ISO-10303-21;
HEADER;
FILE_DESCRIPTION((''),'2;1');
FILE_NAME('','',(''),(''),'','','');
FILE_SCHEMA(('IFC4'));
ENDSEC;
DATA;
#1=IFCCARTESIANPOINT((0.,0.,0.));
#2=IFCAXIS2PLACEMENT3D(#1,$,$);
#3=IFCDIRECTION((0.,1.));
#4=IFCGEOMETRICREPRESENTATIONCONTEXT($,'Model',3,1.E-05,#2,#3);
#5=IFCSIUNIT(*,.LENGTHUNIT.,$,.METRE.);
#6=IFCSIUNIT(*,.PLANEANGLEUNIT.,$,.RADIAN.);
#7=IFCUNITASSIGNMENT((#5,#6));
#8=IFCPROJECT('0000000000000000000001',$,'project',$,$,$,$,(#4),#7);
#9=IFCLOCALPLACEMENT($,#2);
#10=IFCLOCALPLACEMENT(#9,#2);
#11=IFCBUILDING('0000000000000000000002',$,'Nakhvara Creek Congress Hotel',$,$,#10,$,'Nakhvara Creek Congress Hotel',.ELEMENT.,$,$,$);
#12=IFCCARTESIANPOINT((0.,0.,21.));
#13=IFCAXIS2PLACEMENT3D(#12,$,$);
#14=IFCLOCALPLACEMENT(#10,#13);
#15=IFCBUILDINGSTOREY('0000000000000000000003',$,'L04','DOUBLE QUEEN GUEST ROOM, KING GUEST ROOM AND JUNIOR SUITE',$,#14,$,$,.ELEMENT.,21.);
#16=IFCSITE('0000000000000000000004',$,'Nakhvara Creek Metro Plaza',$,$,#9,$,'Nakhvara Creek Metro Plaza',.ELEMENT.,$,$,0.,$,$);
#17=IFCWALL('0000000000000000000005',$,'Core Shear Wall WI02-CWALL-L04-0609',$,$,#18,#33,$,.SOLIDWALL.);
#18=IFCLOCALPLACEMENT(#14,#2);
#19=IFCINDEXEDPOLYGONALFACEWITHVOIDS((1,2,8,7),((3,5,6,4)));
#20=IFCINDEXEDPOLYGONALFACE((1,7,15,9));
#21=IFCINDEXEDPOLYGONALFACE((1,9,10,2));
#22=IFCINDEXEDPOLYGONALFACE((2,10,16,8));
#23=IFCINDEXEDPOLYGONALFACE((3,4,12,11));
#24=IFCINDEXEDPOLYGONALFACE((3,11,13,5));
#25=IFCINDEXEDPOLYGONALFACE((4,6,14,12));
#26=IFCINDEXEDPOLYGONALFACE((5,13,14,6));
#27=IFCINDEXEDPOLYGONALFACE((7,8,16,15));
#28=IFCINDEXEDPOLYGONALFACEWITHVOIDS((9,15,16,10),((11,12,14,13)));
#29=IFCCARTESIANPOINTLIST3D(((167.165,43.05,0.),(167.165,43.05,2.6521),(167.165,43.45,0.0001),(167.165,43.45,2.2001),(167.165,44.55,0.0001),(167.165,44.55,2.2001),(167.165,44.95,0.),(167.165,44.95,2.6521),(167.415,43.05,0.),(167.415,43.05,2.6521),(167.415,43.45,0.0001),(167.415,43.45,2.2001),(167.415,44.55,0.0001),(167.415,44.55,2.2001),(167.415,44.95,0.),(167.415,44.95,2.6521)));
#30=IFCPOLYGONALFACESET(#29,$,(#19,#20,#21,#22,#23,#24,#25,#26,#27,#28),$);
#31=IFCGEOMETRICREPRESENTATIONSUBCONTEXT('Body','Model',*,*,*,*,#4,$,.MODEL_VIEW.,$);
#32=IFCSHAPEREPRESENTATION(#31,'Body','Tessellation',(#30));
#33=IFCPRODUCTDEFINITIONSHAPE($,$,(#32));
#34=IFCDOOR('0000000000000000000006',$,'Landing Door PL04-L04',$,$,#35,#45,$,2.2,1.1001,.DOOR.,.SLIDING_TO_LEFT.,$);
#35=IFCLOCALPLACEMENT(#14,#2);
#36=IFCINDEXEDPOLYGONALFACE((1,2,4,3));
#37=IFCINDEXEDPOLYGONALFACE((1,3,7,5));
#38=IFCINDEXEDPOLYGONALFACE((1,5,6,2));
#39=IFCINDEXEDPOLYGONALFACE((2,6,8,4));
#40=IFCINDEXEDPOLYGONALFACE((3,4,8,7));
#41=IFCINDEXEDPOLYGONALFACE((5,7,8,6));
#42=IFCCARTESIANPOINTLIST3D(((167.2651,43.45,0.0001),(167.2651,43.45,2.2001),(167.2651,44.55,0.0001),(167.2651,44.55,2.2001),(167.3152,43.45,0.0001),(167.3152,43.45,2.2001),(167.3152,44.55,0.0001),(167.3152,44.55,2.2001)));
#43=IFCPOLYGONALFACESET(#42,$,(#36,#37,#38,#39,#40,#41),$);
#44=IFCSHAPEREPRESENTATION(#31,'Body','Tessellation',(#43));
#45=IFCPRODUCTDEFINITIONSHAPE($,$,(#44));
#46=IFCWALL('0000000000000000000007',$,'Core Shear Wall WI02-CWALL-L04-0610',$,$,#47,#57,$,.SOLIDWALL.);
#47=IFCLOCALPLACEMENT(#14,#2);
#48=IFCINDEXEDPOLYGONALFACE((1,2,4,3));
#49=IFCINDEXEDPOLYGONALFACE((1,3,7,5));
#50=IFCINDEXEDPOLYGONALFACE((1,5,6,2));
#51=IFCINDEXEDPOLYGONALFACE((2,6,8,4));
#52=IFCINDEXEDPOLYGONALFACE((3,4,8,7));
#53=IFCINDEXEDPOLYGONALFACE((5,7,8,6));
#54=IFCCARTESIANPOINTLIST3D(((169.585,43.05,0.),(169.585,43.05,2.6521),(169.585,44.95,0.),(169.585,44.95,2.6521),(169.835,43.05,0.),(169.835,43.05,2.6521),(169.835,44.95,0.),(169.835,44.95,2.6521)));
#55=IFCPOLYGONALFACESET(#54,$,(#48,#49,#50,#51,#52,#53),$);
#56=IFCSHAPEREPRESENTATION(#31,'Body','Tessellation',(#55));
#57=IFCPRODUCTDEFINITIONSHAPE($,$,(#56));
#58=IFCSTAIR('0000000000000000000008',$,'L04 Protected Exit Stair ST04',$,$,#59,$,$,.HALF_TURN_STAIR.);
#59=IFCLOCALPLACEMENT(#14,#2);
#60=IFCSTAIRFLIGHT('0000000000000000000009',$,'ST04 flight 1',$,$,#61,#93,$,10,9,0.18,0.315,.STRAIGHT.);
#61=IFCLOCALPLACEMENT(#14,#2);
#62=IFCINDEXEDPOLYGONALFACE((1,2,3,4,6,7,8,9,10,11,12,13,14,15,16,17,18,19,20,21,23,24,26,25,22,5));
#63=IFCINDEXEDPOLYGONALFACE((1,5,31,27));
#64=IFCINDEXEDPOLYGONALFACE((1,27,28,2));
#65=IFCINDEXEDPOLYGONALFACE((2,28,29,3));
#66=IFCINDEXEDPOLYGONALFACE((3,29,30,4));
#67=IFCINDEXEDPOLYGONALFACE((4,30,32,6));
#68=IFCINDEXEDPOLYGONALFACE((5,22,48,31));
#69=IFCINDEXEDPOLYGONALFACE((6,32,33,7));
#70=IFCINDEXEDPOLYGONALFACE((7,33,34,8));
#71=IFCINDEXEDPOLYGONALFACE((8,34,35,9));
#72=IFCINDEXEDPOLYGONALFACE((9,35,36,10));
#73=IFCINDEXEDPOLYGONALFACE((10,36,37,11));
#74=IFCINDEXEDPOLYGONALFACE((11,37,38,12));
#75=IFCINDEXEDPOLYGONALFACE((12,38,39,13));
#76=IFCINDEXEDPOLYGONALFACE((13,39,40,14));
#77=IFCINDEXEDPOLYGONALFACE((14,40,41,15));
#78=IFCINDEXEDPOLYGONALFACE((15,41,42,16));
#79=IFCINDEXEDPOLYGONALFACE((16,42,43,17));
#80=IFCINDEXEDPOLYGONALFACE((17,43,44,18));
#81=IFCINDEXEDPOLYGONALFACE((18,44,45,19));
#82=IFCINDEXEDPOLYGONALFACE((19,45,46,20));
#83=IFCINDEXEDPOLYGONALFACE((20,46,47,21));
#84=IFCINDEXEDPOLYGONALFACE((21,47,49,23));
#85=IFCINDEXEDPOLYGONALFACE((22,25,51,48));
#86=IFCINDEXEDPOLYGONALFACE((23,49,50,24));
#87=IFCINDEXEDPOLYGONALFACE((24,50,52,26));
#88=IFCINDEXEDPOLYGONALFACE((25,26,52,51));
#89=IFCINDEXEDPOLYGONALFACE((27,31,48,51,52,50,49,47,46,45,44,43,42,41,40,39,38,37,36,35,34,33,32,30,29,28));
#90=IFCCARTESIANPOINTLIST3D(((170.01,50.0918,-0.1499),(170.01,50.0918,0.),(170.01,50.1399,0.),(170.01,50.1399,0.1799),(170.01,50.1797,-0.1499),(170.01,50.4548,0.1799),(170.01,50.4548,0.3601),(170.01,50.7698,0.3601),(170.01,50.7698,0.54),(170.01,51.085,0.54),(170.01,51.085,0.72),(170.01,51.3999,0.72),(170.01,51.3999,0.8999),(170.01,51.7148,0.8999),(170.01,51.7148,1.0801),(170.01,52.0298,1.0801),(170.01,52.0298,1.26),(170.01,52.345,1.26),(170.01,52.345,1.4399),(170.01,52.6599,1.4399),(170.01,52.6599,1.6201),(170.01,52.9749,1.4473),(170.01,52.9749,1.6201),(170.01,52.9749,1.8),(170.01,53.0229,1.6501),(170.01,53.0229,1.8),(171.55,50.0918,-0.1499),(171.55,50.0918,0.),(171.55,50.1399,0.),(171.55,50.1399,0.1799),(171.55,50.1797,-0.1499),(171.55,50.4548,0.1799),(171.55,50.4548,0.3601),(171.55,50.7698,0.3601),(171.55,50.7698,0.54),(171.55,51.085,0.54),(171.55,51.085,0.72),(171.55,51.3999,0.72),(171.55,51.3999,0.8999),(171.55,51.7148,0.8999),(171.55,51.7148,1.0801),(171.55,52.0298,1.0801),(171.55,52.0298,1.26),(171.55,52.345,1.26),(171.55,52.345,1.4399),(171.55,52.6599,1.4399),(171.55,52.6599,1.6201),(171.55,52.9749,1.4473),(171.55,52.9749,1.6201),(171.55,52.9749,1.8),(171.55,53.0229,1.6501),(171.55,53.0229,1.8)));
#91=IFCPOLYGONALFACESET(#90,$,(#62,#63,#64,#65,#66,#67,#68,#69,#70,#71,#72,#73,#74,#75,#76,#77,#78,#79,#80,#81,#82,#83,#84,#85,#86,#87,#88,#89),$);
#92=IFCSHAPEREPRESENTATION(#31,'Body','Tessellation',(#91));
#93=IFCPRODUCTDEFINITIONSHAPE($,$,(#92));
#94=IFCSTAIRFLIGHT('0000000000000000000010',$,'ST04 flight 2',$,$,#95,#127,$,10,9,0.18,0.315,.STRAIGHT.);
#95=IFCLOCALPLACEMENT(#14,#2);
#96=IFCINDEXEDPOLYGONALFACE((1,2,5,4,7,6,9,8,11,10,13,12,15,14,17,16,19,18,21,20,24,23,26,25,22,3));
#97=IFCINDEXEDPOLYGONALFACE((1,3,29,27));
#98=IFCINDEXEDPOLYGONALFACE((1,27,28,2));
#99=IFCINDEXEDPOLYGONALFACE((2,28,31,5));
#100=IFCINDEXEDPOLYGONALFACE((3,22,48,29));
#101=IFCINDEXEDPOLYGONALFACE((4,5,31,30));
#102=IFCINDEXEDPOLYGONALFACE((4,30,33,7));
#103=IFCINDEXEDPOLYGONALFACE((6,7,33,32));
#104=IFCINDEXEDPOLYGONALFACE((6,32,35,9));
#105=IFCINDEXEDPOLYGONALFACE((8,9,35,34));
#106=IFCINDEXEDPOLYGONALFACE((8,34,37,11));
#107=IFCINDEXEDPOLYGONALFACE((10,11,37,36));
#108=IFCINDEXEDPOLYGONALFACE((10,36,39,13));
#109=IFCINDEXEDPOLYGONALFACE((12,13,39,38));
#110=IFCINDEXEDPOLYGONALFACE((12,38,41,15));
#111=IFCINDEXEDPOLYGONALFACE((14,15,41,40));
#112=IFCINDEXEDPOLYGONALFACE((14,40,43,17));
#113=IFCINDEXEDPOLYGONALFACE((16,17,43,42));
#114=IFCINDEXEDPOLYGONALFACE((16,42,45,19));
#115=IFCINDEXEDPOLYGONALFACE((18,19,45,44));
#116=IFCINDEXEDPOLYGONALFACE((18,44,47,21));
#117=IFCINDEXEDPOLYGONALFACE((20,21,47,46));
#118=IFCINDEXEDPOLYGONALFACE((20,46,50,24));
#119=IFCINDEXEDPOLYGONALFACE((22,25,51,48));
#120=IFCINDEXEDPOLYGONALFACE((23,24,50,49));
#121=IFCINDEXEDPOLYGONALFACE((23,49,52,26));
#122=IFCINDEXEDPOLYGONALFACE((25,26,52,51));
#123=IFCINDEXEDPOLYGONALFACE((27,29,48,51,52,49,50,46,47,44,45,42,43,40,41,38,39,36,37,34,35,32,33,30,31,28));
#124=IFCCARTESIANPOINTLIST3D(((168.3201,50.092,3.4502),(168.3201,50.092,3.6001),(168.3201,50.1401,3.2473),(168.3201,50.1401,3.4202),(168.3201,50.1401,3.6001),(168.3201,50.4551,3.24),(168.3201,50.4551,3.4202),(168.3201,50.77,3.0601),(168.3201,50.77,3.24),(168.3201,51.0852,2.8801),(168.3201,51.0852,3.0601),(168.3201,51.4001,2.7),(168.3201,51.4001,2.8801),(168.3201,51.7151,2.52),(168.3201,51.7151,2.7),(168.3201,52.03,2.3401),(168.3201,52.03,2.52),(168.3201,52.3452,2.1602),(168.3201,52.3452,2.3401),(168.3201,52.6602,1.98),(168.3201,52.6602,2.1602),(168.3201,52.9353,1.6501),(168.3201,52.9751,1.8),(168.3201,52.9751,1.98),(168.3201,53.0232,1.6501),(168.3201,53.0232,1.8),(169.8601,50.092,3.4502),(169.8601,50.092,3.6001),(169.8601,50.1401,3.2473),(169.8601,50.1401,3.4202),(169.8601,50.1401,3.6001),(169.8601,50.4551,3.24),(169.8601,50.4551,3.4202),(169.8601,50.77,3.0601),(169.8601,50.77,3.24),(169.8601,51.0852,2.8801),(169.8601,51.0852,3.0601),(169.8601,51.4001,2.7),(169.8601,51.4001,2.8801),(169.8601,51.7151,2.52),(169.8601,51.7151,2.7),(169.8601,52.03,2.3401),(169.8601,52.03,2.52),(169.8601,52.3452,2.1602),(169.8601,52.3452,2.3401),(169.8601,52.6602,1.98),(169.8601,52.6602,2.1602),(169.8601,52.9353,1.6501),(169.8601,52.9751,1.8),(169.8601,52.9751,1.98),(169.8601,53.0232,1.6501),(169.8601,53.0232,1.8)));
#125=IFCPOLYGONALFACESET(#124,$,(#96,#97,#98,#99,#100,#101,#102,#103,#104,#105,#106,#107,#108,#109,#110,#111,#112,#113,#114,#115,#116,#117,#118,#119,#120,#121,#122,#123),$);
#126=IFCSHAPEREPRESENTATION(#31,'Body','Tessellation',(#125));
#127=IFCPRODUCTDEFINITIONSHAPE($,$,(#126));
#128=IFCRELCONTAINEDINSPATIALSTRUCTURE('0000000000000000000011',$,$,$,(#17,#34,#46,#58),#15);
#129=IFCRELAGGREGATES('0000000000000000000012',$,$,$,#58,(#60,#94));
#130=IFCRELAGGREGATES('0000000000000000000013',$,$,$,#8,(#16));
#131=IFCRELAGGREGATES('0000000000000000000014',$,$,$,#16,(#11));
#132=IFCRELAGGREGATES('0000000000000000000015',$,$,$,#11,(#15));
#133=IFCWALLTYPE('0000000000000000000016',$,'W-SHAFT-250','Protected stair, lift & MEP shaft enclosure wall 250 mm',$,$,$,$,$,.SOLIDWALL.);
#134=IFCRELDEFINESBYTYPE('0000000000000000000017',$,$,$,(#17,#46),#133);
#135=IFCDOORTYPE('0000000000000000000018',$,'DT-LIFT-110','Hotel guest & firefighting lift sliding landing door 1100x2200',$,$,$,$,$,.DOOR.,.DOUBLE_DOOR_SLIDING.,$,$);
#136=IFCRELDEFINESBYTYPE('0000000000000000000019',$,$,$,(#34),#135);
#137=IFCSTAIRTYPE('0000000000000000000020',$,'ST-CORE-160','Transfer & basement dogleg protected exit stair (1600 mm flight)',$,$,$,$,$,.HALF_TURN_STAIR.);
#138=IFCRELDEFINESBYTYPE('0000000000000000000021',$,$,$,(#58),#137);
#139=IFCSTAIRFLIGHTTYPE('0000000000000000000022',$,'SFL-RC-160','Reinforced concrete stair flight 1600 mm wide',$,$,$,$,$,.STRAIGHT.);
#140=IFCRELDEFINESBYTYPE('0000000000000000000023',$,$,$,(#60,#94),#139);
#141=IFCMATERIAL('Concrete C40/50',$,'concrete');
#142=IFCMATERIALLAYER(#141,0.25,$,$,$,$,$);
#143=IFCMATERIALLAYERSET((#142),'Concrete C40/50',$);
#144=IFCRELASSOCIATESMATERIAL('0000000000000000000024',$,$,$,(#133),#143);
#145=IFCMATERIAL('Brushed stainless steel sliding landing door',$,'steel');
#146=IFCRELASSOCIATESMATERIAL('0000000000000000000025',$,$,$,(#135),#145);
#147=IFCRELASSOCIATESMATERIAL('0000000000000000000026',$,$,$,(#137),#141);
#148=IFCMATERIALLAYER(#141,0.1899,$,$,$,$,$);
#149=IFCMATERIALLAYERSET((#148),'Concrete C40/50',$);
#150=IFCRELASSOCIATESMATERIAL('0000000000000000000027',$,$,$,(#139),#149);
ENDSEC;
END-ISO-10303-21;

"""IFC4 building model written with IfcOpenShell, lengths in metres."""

from ifc_helpers import new_model, si_unit, direction, frame, frame_2d, origin, place, context, subcontext, project, spatial, polyline, rectangle, outline, extrude, material, layer, layer_set, type_object, element, fill, aggregate, save


model = new_model("IFC4")

# Units and contexts
model_context = context("Model", 3, precision=1e-05, world=origin(), true_north=direction((0.0, 1.0)))
body_context = subcontext(model_context, "Body", "Model", "MODEL_VIEW")
ifc_project = project(units=[si_unit("LENGTHUNIT", "METRE"), si_unit("PLANEANGLEUNIT", "RADIAN")], contexts=[model_context])

# Site, building, storey
site_placement = place(None, origin())
site = spatial("IfcSite", under=ifc_project, at=site_placement, Name="Nakhvara Creek Metro Plaza", LongName="Nakhvara Creek Metro Plaza", CompositionType="ELEMENT", RefElevation=0.0)
building_placement = place(site_placement, origin())
building = spatial("IfcBuilding", under=site, at=building_placement, Name="Nakhvara Creek Congress Hotel", LongName="Nakhvara Creek Congress Hotel", CompositionType="ELEMENT")
storey_placement = place(building_placement, frame((0.0, 0.0, 21.0)))
storey = spatial("IfcBuildingStorey", under=building, at=storey_placement, Name="L04", Description="DOUBLE QUEEN GUEST ROOM, KING GUEST ROOM AND JUNIOR SUITE", CompositionType="ELEMENT", Elevation=21.0)

# Shared definitions
ifc_material_1 = material(Name="Concrete C40/50", Category="concrete")

# Shared definitions
ifc_layer_1 = layer(ifc_material_1, 0.25)
ifc_layer_set_1 = layer_set([ifc_layer_1], Name="Concrete C40/50")
wall_type_1 = type_object("IfcWallType", Name="W-SHAFT-250", Description="Protected stair, lift & MEP shaft enclosure wall 250 mm", PredefinedType="SOLIDWALL", material=ifc_layer_set_1)

# Wall, opening, door
wall_1_placement = place(storey_placement, frame((167.29, 43.05, 0.0), z_axis=(0.0, 0.0, 1.0), x_axis=(0.0, 1.0, 0.0)))
wall_1 = element("IfcWall", 1, at=wall_1_placement, inside=storey, type_object=wall_type_1, Name="Core Shear Wall WI02-CWALL-L04-0609", PredefinedType="SOLIDWALL", context=body_context, shape_type="SweptSolid", body=[
    extrude(rectangle(XDim=1.8999, YDim=0.25, at=frame_2d((0.95, 0.0))), origin(), (0.0, 0.0, 1.0), 2.6521),
])
opening_1_placement = place(wall_1_placement, frame((0.3999, 0.0, 0.0)))
opening_1 = element("IfcOpeningElement", 2, at=opening_1_placement, cuts=wall_1, PredefinedType="OPENING", context=body_context, shape_type="SweptSolid", body=[
    extrude(rectangle(XDim=1.1001, YDim=2.2, at=frame_2d((0.55, 1.1001))), frame((0.0, 0.137, 0.0), z_axis=(0.0, -1.0, 0.0), x_axis=(1.0, 0.0, 0.0)), (0.0, 0.0, 1.0), 0.2739),
])
ifc_material_2 = material(Name="Brushed stainless steel sliding landing door", Category="steel")
door_type_1 = type_object("IfcDoorType", Name="DT-LIFT-110", Description="Hotel guest & firefighting lift sliding landing door 1100x2200", OperationType="DOUBLE_DOOR_SLIDING", PredefinedType="DOOR", material=ifc_material_2)
door_1_placement = place(opening_1_placement, origin())
door_1 = element("IfcDoor", 3, at=door_1_placement, inside=storey, type_object=door_type_1, Name="Landing Door PL04-L04", OperationType="SLIDING_TO_LEFT", OverallHeight=2.2, OverallWidth=1.1001, PredefinedType="DOOR", context=body_context, shape_type="SweptSolid", body=[
    extrude(rectangle(XDim=1.1001, YDim=2.2, at=frame_2d((0.55, 1.1001))), frame((0.0, 0.0249, 0.0), z_axis=(0.0, -1.0, 0.0), x_axis=(1.0, 0.0, 0.0)), (0.0, 0.0, 1.0), 0.05),
])
fill(opening_1, door_1)

# Wall
wall_2_placement = place(storey_placement, frame((169.71, 43.05, 0.0), z_axis=(0.0, 0.0, 1.0), x_axis=(0.0, 1.0, 0.0)))
element("IfcWall", 4, at=wall_2_placement, inside=storey, type_object=wall_type_1, Name="Core Shear Wall WI02-CWALL-L04-0610", PredefinedType="SOLIDWALL", context=body_context, shape_type="SweptSolid", body=[
    extrude(rectangle(XDim=1.8999, YDim=0.25, at=frame_2d((0.95, 0.0))), origin(), (0.0, 0.0, 1.0), 2.6521),
])

# Stair, stair flights
stair_type = type_object("IfcStairType", Name="ST-CORE-160", Description="Transfer & basement dogleg protected exit stair (1600 mm flight)", PredefinedType="HALF_TURN_STAIR", material=ifc_material_1)
stair_placement = place(storey_placement, origin())
stair = element("IfcStair", 5, at=stair_placement, inside=storey, type_object=stair_type, Name="L04 Protected Exit Stair ST04", PredefinedType="HALF_TURN_STAIR")
ifc_layer_2 = layer(ifc_material_1, 0.1899)
ifc_layer_set_2 = layer_set([ifc_layer_2], Name="Concrete C40/50")
stair_flight_type = type_object("IfcStairFlightType", Name="SFL-RC-160", Description="Reinforced concrete stair flight 1600 mm wide", PredefinedType="STRAIGHT", material=ifc_layer_set_2)
stair_flight_1_placement = place(storey_placement, frame((170.78, 50.1399, 0.0), z_axis=(0.0, 0.0, 1.0), x_axis=(0.0, 1.0, 0.0)))
stair_flight_1 = element("IfcStairFlight", 6, at=stair_flight_1_placement, type_object=stair_flight_type, Name="ST04 flight 1", NumberOfRisers=10, NumberOfTreads=9, PredefinedType="STRAIGHT", RiserHeight=0.18, TreadLength=0.315, context=body_context, shape_type="SweptSolid", body=[
    extrude(outline(polyline([(-0.0481, 0.0), (0.0, 0.0), (0.0, 0.1799), (0.3149, 0.1799), (0.3149, 0.3601), (0.6299, 0.3601), (0.6299, 0.54), (0.9451, 0.54), (0.9451, 0.72), (1.26, 0.72), (1.26, 0.8999), (1.575, 0.8999), (1.575, 1.0801), (1.8899, 1.0801), (1.8899, 1.26), (2.2051, 1.26), (2.2051, 1.4399), (2.52, 1.4399), (2.52, 1.6201), (2.835, 1.6201), (2.835, 1.8), (2.8831, 1.8), (2.8831, 1.6501), (2.835, 1.4473), (0.0398, -0.1499), (-0.0481, -0.1499), (-0.0481, 0.0)])), frame((0.0, 0.77, 0.0), z_axis=(0.0, -1.0, 0.0), x_axis=(1.0, 0.0, 0.0)), (0.0, 0.0, 1.0), 1.54),
])
stair_flight_2_placement = place(storey_placement, frame((169.0901, 52.9751, 1.8), z_axis=(0.0, 0.0, 1.0), x_axis=(0.0, -1.0, 0.0)))
stair_flight_2 = element("IfcStairFlight", 7, at=stair_flight_2_placement, type_object=stair_flight_type, Name="ST04 flight 2", NumberOfRisers=10, NumberOfTreads=9, PredefinedType="STRAIGHT", RiserHeight=0.18, TreadLength=0.315, context=body_context, shape_type="SweptSolid", body=[
    extrude(outline(polyline([(-0.0481, 0.0), (0.0, 0.0), (0.0, 0.1799), (0.3149, 0.1799), (0.3149, 0.3601), (0.6299, 0.3601), (0.6299, 0.54), (0.9451, 0.54), (0.9451, 0.72), (1.26, 0.72), (1.26, 0.8999), (1.575, 0.8999), (1.575, 1.0801), (1.8899, 1.0801), (1.8899, 1.26), (2.2051, 1.26), (2.2051, 1.4399), (2.52, 1.4399), (2.52, 1.6201), (2.835, 1.6201), (2.835, 1.8), (2.8831, 1.8), (2.8831, 1.6501), (2.835, 1.4473), (0.0398, -0.1499), (-0.0481, -0.1499), (-0.0481, 0.0)])), frame((0.0, 0.77, 0.0), z_axis=(0.0, -1.0, 0.0), x_axis=(1.0, 0.0, 0.0)), (0.0, 0.0, 1.0), 1.54),
])
aggregate(stair, [stair_flight_1, stair_flight_2])

save(model, "model.ifc")
